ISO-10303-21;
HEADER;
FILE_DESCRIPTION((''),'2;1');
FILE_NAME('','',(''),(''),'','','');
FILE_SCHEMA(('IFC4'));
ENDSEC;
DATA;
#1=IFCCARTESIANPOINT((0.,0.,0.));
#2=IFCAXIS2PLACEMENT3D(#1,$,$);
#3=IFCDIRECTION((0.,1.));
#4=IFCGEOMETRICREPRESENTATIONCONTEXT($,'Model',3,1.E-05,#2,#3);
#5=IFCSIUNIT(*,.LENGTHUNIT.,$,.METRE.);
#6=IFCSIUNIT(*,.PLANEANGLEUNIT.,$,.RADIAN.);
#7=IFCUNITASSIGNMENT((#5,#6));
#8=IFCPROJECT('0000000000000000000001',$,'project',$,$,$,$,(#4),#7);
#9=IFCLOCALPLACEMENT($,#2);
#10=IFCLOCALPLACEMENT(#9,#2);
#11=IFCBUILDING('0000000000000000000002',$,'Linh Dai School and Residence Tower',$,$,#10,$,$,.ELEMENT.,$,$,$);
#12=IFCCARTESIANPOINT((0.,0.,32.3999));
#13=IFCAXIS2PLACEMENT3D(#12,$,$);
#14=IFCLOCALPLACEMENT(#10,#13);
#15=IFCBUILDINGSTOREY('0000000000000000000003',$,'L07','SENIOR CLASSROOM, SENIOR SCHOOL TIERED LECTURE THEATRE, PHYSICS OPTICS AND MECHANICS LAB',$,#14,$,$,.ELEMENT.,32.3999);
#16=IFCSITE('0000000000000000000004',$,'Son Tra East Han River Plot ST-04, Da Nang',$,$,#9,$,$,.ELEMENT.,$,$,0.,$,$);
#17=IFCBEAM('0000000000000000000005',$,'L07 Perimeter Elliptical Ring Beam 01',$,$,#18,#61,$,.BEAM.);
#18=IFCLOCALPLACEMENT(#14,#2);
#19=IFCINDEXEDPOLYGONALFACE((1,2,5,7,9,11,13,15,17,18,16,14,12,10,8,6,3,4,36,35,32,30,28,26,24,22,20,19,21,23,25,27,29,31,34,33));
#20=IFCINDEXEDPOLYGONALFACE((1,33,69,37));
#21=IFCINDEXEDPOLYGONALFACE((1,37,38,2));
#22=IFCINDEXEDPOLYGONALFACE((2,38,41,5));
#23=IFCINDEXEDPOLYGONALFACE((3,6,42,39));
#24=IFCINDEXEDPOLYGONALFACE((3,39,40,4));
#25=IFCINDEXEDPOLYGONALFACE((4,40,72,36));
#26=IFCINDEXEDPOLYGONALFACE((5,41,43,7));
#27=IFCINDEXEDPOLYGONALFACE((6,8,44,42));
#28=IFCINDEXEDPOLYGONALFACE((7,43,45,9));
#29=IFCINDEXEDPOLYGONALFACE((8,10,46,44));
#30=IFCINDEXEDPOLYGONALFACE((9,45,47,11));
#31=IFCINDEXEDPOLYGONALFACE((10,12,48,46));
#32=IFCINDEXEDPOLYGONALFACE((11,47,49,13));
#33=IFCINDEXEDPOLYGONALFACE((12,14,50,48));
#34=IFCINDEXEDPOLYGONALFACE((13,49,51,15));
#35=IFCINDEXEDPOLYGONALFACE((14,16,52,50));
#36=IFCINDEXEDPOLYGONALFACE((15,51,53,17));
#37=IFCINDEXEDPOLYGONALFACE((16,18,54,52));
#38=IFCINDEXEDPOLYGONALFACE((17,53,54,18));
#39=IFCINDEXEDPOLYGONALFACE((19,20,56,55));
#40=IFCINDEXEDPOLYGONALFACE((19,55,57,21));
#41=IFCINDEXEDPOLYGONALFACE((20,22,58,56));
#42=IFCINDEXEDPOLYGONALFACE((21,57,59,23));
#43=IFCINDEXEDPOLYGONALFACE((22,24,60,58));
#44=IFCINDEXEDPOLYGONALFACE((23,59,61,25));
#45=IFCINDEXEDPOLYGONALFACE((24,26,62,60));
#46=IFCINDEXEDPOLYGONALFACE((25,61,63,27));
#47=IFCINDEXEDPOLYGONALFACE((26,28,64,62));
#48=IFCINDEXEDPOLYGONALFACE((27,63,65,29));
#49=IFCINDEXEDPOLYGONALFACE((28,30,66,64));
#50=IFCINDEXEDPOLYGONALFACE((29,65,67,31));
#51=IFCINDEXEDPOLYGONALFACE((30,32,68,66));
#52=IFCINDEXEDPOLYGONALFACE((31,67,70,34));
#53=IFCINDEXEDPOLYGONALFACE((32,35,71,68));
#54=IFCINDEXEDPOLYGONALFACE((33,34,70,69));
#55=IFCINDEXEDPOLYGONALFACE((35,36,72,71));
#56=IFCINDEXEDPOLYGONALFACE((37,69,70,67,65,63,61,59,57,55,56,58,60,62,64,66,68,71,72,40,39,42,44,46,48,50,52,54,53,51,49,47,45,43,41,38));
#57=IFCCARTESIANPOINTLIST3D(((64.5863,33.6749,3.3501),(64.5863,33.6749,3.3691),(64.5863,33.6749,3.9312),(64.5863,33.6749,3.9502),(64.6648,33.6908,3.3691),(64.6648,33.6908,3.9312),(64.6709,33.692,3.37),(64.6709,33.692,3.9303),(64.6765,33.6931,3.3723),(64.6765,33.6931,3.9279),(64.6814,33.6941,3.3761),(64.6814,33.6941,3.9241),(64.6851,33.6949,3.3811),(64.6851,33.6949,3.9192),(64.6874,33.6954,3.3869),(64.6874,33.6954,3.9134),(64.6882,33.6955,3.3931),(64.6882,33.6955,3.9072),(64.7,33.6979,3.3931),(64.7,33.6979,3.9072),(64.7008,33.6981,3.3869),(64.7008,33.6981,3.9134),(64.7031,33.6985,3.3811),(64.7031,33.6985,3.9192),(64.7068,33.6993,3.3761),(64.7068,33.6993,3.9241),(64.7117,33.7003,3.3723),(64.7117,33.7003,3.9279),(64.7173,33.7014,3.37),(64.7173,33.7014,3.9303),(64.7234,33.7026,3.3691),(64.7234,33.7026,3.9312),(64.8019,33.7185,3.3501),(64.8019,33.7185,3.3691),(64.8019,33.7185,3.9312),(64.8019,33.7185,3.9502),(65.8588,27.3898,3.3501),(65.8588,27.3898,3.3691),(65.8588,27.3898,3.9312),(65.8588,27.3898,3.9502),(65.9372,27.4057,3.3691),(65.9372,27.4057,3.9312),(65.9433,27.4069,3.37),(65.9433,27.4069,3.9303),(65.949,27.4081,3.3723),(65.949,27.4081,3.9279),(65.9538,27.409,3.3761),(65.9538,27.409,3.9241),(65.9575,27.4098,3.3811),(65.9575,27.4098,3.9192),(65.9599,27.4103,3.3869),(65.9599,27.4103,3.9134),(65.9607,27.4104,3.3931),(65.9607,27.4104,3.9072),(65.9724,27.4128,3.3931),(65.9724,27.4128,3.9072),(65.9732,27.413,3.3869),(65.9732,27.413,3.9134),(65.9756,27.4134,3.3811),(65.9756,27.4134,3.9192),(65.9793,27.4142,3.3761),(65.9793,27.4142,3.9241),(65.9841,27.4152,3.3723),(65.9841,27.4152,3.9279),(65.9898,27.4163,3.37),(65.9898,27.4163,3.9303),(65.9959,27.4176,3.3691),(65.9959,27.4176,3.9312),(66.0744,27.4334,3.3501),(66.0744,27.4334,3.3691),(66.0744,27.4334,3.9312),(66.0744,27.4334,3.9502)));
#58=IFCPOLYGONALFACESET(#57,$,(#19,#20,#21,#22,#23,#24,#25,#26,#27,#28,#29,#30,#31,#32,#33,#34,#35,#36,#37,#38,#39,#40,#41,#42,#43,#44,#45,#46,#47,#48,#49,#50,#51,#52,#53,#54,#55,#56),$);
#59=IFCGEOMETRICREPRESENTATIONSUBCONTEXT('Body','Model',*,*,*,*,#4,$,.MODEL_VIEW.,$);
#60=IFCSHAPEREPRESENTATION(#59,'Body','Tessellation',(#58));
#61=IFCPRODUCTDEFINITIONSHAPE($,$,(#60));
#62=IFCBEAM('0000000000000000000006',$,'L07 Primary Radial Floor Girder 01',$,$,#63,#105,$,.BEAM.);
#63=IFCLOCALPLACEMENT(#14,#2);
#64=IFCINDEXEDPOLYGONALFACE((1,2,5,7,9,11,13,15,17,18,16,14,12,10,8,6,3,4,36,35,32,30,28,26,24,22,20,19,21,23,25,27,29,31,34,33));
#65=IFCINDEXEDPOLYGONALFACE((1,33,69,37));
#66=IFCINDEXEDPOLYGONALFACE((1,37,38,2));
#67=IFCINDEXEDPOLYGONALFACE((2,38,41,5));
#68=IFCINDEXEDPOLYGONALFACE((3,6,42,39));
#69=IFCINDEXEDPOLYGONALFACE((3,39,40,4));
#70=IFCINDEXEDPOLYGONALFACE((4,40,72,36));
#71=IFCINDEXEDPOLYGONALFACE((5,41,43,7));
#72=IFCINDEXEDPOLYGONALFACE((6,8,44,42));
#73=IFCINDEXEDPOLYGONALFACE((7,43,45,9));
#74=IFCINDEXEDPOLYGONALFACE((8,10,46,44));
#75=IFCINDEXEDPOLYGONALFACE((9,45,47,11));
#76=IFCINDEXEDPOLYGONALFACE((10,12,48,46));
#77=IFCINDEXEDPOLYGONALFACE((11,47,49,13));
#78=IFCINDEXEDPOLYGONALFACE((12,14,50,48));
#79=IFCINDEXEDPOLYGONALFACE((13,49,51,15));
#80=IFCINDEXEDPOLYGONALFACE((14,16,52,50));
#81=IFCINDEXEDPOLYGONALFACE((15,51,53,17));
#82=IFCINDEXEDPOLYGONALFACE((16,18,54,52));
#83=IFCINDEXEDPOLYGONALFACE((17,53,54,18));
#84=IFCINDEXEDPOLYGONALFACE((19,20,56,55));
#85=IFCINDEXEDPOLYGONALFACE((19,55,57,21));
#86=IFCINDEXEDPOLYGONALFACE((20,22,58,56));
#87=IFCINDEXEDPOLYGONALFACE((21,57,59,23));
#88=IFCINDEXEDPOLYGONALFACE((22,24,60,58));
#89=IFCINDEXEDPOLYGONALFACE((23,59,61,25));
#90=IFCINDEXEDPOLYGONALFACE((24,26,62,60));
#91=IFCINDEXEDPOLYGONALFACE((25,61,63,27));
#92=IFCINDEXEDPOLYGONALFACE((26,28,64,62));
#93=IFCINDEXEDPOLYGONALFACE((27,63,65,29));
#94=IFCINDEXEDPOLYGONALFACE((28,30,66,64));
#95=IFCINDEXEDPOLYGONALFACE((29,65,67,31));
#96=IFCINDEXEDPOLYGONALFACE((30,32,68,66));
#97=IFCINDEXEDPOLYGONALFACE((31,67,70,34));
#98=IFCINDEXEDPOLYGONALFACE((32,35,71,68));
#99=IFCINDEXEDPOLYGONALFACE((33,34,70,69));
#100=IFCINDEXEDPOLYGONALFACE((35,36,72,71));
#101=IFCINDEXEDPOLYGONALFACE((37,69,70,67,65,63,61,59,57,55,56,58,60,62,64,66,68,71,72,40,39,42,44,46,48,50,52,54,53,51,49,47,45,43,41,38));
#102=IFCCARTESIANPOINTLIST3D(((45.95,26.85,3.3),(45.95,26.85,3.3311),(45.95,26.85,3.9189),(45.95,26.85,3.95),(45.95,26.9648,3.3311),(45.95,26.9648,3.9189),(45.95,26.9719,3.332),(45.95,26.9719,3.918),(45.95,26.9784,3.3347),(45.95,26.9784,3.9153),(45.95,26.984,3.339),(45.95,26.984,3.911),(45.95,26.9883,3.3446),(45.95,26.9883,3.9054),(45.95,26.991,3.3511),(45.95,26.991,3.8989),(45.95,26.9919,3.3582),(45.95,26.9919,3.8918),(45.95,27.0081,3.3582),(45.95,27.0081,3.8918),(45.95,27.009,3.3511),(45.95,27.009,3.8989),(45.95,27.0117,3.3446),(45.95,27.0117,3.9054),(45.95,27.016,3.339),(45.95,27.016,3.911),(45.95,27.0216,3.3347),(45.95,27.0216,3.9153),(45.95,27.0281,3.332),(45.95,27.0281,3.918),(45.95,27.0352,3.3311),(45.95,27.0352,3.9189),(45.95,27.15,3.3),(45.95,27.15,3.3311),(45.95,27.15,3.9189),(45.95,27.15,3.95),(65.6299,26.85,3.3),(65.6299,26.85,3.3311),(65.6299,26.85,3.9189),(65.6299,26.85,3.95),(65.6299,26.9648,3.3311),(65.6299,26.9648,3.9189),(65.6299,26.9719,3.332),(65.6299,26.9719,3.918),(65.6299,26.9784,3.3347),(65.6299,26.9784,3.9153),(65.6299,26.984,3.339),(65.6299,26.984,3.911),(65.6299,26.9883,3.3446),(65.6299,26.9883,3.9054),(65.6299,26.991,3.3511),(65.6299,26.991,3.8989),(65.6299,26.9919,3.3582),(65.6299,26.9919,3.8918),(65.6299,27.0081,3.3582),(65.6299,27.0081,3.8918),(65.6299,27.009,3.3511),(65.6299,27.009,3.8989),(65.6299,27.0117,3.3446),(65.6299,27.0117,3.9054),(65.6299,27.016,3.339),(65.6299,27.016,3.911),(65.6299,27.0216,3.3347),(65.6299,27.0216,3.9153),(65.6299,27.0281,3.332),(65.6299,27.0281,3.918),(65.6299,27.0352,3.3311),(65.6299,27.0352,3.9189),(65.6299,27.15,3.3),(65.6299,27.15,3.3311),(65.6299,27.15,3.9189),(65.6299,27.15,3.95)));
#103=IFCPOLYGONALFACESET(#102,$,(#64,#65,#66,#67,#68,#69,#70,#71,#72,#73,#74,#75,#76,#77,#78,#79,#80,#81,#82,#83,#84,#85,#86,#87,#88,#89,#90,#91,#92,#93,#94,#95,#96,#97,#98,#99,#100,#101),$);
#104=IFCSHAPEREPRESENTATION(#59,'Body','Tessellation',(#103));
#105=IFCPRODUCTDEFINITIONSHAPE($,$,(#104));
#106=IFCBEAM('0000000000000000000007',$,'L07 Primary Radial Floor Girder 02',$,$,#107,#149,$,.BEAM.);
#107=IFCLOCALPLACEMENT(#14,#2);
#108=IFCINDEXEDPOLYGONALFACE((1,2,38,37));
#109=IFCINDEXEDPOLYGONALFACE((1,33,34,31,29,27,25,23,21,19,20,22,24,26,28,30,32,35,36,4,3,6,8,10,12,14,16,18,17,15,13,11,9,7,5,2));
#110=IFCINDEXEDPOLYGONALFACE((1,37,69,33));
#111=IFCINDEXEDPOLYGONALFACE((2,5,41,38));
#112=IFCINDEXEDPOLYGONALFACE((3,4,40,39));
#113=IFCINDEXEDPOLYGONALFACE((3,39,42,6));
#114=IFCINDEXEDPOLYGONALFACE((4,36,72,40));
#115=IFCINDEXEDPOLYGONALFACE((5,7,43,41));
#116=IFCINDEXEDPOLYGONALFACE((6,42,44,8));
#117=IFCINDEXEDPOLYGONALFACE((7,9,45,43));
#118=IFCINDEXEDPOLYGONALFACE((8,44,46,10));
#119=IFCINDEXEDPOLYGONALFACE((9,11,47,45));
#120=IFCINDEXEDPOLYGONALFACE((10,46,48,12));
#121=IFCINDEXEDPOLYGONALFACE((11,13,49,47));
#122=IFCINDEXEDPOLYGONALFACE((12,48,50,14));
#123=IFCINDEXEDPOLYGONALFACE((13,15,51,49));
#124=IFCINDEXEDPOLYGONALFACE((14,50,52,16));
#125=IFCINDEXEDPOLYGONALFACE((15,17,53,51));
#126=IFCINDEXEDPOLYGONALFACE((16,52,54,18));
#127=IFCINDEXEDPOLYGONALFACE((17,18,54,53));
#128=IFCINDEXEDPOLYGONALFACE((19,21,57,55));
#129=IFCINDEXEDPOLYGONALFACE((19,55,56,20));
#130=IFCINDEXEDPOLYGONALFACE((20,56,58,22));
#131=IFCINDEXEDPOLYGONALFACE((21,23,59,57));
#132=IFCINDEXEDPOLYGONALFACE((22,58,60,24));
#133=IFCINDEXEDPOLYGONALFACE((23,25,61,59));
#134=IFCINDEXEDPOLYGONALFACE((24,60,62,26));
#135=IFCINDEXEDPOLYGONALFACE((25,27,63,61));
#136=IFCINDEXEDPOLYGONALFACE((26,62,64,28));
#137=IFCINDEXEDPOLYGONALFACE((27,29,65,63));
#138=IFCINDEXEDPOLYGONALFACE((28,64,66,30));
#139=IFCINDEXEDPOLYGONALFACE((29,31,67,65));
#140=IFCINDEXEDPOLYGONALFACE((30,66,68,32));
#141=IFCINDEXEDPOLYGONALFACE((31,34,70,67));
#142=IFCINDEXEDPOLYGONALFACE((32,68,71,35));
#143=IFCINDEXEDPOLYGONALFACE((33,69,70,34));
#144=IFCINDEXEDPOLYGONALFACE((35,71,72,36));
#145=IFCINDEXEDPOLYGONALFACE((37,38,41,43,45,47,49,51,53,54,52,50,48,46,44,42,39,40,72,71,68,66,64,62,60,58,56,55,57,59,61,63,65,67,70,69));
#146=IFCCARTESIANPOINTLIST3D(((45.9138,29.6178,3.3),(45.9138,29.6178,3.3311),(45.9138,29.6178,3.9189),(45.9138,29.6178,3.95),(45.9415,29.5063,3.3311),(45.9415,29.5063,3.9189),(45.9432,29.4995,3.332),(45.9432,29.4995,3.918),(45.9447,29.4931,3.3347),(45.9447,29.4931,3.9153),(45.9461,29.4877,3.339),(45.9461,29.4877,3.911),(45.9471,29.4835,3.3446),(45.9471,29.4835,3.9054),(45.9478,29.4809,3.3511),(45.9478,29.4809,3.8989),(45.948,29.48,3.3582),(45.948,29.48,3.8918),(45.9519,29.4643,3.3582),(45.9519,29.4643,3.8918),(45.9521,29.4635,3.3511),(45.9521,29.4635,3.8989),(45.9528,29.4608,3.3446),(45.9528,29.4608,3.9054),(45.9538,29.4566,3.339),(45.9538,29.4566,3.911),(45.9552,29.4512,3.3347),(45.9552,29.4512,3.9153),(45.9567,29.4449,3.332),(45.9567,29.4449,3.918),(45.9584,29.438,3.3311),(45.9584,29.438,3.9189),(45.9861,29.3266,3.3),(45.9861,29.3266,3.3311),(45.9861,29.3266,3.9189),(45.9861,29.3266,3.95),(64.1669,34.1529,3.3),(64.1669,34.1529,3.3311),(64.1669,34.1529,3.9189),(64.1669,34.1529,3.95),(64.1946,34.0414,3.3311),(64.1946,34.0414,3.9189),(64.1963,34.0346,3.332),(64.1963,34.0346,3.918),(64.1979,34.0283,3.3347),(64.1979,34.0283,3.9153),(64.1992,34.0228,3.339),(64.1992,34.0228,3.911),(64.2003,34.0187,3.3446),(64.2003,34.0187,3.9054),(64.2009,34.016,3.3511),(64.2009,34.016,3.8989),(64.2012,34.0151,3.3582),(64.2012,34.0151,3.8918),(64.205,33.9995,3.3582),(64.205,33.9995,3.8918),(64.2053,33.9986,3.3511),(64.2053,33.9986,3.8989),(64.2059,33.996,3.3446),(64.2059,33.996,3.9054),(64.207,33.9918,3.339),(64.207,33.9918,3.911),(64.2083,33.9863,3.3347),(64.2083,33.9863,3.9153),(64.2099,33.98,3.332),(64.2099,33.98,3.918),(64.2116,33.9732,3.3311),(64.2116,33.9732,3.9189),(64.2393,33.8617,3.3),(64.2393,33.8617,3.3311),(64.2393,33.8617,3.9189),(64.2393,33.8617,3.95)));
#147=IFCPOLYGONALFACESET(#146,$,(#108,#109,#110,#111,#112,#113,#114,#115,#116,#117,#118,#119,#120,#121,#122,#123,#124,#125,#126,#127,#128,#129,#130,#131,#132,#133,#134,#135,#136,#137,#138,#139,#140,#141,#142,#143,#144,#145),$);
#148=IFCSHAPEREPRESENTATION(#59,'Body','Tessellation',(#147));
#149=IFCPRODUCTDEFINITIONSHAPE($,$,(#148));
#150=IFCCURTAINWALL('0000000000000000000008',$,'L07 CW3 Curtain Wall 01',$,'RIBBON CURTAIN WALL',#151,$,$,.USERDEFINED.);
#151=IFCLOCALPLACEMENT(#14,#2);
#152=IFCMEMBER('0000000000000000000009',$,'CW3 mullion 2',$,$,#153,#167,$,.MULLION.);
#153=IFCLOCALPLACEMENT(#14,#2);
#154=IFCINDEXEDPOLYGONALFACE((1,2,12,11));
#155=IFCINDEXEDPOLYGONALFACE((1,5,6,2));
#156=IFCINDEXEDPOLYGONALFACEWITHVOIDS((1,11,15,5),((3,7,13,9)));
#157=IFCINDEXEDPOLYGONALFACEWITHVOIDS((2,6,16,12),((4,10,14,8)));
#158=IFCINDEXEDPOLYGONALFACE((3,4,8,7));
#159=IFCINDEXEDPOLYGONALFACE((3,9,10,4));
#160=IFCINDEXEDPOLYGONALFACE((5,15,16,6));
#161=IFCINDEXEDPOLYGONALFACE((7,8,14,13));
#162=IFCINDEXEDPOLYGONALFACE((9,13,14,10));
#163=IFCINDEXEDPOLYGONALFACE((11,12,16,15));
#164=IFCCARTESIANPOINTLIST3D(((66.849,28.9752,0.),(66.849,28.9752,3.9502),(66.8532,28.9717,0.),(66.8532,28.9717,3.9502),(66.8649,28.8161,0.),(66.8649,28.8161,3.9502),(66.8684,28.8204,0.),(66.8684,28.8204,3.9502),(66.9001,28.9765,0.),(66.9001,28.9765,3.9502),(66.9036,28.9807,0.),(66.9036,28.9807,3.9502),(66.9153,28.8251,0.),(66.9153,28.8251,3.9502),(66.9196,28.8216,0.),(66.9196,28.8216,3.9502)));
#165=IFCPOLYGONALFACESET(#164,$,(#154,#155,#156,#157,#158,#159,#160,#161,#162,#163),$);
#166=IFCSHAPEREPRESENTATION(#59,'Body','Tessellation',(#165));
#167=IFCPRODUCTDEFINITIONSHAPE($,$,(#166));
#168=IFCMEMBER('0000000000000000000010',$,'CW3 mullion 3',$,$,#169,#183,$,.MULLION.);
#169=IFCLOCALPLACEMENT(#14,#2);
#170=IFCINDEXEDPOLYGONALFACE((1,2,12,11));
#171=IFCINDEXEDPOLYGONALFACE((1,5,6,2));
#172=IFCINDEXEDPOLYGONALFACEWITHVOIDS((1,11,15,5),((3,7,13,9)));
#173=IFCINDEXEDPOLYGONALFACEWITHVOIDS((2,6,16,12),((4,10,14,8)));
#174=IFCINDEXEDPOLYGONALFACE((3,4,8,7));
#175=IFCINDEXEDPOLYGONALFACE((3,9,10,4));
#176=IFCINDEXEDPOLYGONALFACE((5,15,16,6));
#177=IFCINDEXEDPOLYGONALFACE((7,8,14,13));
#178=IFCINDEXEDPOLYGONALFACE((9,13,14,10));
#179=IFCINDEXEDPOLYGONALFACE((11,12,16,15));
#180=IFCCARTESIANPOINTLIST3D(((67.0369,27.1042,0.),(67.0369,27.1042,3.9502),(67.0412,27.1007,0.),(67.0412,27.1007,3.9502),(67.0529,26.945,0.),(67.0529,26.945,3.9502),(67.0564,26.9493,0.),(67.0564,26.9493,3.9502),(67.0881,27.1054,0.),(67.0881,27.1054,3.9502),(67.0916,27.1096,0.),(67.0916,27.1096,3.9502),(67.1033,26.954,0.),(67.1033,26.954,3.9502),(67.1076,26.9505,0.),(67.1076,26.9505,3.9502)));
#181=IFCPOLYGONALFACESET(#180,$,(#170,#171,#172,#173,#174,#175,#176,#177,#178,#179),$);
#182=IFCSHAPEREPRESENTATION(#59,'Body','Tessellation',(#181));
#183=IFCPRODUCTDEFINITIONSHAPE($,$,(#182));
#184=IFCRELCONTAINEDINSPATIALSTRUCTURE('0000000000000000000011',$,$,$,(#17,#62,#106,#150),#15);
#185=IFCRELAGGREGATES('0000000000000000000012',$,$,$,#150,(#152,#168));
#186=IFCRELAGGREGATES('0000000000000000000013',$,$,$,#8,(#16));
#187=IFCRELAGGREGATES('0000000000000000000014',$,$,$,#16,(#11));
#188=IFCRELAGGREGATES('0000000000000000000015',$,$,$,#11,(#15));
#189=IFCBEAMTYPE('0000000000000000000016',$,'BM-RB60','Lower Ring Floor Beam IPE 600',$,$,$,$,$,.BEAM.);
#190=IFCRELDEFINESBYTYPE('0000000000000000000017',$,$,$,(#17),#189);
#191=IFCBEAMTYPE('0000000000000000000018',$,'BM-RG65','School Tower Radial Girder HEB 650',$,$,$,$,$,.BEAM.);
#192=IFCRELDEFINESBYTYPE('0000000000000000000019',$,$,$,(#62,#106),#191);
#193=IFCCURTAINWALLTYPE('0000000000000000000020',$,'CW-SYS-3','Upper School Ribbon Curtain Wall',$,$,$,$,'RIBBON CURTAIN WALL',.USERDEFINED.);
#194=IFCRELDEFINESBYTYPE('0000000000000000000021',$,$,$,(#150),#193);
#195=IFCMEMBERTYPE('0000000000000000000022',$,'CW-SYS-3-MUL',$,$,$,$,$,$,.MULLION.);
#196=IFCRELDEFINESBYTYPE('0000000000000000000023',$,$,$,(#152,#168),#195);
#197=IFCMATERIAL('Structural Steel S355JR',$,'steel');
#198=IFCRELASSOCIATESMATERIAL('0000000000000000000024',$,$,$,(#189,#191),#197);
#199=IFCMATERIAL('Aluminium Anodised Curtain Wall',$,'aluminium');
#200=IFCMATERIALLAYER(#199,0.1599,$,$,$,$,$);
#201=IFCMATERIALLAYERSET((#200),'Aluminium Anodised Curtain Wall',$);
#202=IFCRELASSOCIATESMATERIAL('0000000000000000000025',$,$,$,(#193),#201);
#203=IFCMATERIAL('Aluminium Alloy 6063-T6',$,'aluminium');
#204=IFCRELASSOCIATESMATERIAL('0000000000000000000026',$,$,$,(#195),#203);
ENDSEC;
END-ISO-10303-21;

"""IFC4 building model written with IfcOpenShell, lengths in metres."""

from ifc_helpers import new_model, si_unit, direction, frame, origin, origin_2d, place, context, subcontext, project, spatial, hollow_rectangle, i_section, extrude, source, transform, mapped, material, layer, layer_set, material_profile, profile_set, type_object, element, aggregate, save


model = new_model("IFC4")

# Units and contexts
model_context = context("Model", 3, precision=1e-05, world=origin(), true_north=direction((0.0, 1.0)))
body_context = subcontext(model_context, "Body", "Model", "MODEL_VIEW")
ifc_project = project(units=[si_unit("LENGTHUNIT", "METRE"), si_unit("PLANEANGLEUNIT", "RADIAN")], contexts=[model_context])

# Site, building, storey
site_placement = place(None, origin())
site = spatial("IfcSite", under=ifc_project, at=site_placement, Name="Son Tra East Han River Plot ST-04, Da Nang", CompositionType="ELEMENT", RefElevation=0.0)
building_placement = place(site_placement, origin())
building = spatial("IfcBuilding", under=site, at=building_placement, Name="Linh Dai School and Residence Tower", CompositionType="ELEMENT")
storey_placement = place(building_placement, frame((0.0, 0.0, 32.3999)))
storey = spatial("IfcBuildingStorey", under=building, at=storey_placement, Name="L07", Description="SENIOR CLASSROOM, SENIOR SCHOOL TIERED LECTURE THEATRE, PHYSICS OPTICS AND MECHANICS LAB", CompositionType="ELEMENT", Elevation=32.3999)

# Shared definitions
ifc_material_1 = material(Name="Structural Steel S355JR", Category="steel")

# Beams
ifc_material_profile_1 = material_profile(ifc_material_1, i_section(OverallWidth=0.22, OverallDepth=0.6001, WebThickness=0.012, FlangeThickness=0.019, FilletRadius=0.0239, at=origin_2d()), Name="IPE 600")
ifc_profile_set_1 = profile_set([ifc_material_profile_1], Name="Structural Steel S355JR")
beam_type_1 = type_object("IfcBeamType", Name="BM-RB60", Description="Lower Ring Floor Beam IPE 600", PredefinedType="BEAM", material=ifc_profile_set_1)
beam_1_placement = place(storey_placement, frame((65.9666, 27.4116, 3.6501), z_axis=(-0.198429, 0.980115, 0.0), x_axis=(-0.980115, -0.198429, 0.0)))
element("IfcBeam", 1, at=beam_1_placement, inside=storey, type_object=beam_type_1, Name="L07 Perimeter Elliptical Ring Beam 01", PredefinedType="BEAM", context=body_context, shape_type="SweptSolid", body=[
    extrude(i_section(OverallWidth=0.22, OverallDepth=0.6001, WebThickness=0.012, FlangeThickness=0.019, FilletRadius=0.0239, at=origin_2d()), origin(), (0.0, 0.0, 1.0), 6.4126),
])
ifc_material_profile_2 = material_profile(ifc_material_1, i_section(OverallWidth=0.3, OverallDepth=0.6499, WebThickness=0.0161, FlangeThickness=0.031, FilletRadius=0.0271, at=origin_2d()), Name="HEB 650")
ifc_profile_set_2 = profile_set([ifc_material_profile_2], Name="Structural Steel S355JR")
beam_type_2 = type_object("IfcBeamType", Name="BM-RG65", Description="School Tower Radial Girder HEB 650", PredefinedType="BEAM", material=ifc_profile_set_2)
beam_2_placement = place(storey_placement, frame((45.95, 27.0, 3.625), z_axis=(1.0, 0.0, 0.0), x_axis=(0.0, 1.0, 0.0)))
element("IfcBeam", 2, at=beam_2_placement, inside=storey, type_object=beam_type_2, Name="L07 Primary Radial Floor Girder 01", PredefinedType="BEAM", context=body_context, shape_type="SweptSolid", body=[
    extrude(i_section(OverallWidth=0.3, OverallDepth=0.6499, WebThickness=0.0161, FlangeThickness=0.031, FilletRadius=0.0271, at=origin_2d()), origin(), (0.0, 0.0, 1.0), 19.6799),
])
beam_3_placement = place(storey_placement, frame((45.95, 29.4722, 3.625), z_axis=(0.970493, 0.241127, 0.0), x_axis=(-0.241127, 0.970493, 0.0)))
element("IfcBeam", 3, at=beam_3_placement, inside=storey, type_object=beam_type_2, Name="L07 Primary Radial Floor Girder 02", PredefinedType="BEAM", context=body_context, shape_type="SweptSolid", body=[
    extrude(i_section(OverallWidth=0.3, OverallDepth=0.6499, WebThickness=0.0161, FlangeThickness=0.031, FilletRadius=0.0271, at=origin_2d()), origin(), (0.0, 0.0, 1.0), 18.8081),
])

# Curtain wall, members
ifc_material_2 = material(Name="Aluminium Anodised Curtain Wall", Category="aluminium")
ifc_layer_1 = layer(ifc_material_2, 0.1599)
ifc_layer_set_1 = layer_set([ifc_layer_1], Name="Aluminium Anodised Curtain Wall")
curtain_wall_type = type_object("IfcCurtainWallType", Name="CW-SYS-3", Description="Upper School Ribbon Curtain Wall", ElementType="RIBBON CURTAIN WALL", PredefinedType="USERDEFINED", material=ifc_layer_set_1)
curtain_wall_placement = place(storey_placement, origin())
curtain_wall = element("IfcCurtainWall", 4, at=curtain_wall_placement, inside=storey, type_object=curtain_wall_type, Name="L07 CW3 Curtain Wall 01", ObjectType="RIBBON CURTAIN WALL", PredefinedType="USERDEFINED")
ifc_material_3 = material(Name="Aluminium Alloy 6063-T6", Category="aluminium")
ifc_material_profile_3 = material_profile(ifc_material_3, hollow_rectangle(XDim=0.0549, YDim=0.1599, WallThickness=0.0039, at=origin_2d()), Name="RHS 160x55x4")
ifc_profile_set_3 = profile_set([ifc_material_profile_3], Name="Aluminium Alloy 6063-T6")
member_type_1 = type_object("IfcMemberType", Name="CW-SYS-3-MUL", PredefinedType="MULLION", material=ifc_profile_set_3)
shared_shape_1 = source(origin(), body_context, "Body", "SweptSolid", [
    extrude(hollow_rectangle(XDim=0.0549, YDim=0.1599, WallThickness=0.0039, at=origin_2d()), origin(), (0.0, 0.0, 1.0), 3.9502),
])
member_1_placement = place(storey_placement, frame((66.8843, 28.8984, 0.0), z_axis=(0.0, 0.0, 1.0), x_axis=(0.994986, 0.100009, 0.0)))
member_1 = element("IfcMember", 5, at=member_1_placement, type_object=member_type_1, Name="CW3 mullion 2", PredefinedType="MULLION", context=body_context, shape_type="MappedRepresentation", body=[
    mapped(shared_shape_1, transform((0.0, 0.0, 0.0), x_axis=(1.0, 0.0, 0.0), y_axis=(0.0, 1.0, 0.0), z_axis=(0.0, 0.0, 1.0), scale=1.0)),
])
member_2_placement = place(storey_placement, frame((67.0723, 27.0273, 0.0), z_axis=(0.0, 0.0, 1.0), x_axis=(0.994986, 0.100009, 0.0)))
member_2 = element("IfcMember", 6, at=member_2_placement, type_object=member_type_1, Name="CW3 mullion 3", PredefinedType="MULLION", context=body_context, shape_type="MappedRepresentation", body=[
    mapped(shared_shape_1, transform((0.0, 0.0, 0.0), x_axis=(1.0, 0.0, 0.0), y_axis=(0.0, 1.0, 0.0), z_axis=(0.0, 0.0, 1.0), scale=1.0)),
])

aggregate(curtain_wall, [member_1, member_2])

save(model, "model.ifc")
